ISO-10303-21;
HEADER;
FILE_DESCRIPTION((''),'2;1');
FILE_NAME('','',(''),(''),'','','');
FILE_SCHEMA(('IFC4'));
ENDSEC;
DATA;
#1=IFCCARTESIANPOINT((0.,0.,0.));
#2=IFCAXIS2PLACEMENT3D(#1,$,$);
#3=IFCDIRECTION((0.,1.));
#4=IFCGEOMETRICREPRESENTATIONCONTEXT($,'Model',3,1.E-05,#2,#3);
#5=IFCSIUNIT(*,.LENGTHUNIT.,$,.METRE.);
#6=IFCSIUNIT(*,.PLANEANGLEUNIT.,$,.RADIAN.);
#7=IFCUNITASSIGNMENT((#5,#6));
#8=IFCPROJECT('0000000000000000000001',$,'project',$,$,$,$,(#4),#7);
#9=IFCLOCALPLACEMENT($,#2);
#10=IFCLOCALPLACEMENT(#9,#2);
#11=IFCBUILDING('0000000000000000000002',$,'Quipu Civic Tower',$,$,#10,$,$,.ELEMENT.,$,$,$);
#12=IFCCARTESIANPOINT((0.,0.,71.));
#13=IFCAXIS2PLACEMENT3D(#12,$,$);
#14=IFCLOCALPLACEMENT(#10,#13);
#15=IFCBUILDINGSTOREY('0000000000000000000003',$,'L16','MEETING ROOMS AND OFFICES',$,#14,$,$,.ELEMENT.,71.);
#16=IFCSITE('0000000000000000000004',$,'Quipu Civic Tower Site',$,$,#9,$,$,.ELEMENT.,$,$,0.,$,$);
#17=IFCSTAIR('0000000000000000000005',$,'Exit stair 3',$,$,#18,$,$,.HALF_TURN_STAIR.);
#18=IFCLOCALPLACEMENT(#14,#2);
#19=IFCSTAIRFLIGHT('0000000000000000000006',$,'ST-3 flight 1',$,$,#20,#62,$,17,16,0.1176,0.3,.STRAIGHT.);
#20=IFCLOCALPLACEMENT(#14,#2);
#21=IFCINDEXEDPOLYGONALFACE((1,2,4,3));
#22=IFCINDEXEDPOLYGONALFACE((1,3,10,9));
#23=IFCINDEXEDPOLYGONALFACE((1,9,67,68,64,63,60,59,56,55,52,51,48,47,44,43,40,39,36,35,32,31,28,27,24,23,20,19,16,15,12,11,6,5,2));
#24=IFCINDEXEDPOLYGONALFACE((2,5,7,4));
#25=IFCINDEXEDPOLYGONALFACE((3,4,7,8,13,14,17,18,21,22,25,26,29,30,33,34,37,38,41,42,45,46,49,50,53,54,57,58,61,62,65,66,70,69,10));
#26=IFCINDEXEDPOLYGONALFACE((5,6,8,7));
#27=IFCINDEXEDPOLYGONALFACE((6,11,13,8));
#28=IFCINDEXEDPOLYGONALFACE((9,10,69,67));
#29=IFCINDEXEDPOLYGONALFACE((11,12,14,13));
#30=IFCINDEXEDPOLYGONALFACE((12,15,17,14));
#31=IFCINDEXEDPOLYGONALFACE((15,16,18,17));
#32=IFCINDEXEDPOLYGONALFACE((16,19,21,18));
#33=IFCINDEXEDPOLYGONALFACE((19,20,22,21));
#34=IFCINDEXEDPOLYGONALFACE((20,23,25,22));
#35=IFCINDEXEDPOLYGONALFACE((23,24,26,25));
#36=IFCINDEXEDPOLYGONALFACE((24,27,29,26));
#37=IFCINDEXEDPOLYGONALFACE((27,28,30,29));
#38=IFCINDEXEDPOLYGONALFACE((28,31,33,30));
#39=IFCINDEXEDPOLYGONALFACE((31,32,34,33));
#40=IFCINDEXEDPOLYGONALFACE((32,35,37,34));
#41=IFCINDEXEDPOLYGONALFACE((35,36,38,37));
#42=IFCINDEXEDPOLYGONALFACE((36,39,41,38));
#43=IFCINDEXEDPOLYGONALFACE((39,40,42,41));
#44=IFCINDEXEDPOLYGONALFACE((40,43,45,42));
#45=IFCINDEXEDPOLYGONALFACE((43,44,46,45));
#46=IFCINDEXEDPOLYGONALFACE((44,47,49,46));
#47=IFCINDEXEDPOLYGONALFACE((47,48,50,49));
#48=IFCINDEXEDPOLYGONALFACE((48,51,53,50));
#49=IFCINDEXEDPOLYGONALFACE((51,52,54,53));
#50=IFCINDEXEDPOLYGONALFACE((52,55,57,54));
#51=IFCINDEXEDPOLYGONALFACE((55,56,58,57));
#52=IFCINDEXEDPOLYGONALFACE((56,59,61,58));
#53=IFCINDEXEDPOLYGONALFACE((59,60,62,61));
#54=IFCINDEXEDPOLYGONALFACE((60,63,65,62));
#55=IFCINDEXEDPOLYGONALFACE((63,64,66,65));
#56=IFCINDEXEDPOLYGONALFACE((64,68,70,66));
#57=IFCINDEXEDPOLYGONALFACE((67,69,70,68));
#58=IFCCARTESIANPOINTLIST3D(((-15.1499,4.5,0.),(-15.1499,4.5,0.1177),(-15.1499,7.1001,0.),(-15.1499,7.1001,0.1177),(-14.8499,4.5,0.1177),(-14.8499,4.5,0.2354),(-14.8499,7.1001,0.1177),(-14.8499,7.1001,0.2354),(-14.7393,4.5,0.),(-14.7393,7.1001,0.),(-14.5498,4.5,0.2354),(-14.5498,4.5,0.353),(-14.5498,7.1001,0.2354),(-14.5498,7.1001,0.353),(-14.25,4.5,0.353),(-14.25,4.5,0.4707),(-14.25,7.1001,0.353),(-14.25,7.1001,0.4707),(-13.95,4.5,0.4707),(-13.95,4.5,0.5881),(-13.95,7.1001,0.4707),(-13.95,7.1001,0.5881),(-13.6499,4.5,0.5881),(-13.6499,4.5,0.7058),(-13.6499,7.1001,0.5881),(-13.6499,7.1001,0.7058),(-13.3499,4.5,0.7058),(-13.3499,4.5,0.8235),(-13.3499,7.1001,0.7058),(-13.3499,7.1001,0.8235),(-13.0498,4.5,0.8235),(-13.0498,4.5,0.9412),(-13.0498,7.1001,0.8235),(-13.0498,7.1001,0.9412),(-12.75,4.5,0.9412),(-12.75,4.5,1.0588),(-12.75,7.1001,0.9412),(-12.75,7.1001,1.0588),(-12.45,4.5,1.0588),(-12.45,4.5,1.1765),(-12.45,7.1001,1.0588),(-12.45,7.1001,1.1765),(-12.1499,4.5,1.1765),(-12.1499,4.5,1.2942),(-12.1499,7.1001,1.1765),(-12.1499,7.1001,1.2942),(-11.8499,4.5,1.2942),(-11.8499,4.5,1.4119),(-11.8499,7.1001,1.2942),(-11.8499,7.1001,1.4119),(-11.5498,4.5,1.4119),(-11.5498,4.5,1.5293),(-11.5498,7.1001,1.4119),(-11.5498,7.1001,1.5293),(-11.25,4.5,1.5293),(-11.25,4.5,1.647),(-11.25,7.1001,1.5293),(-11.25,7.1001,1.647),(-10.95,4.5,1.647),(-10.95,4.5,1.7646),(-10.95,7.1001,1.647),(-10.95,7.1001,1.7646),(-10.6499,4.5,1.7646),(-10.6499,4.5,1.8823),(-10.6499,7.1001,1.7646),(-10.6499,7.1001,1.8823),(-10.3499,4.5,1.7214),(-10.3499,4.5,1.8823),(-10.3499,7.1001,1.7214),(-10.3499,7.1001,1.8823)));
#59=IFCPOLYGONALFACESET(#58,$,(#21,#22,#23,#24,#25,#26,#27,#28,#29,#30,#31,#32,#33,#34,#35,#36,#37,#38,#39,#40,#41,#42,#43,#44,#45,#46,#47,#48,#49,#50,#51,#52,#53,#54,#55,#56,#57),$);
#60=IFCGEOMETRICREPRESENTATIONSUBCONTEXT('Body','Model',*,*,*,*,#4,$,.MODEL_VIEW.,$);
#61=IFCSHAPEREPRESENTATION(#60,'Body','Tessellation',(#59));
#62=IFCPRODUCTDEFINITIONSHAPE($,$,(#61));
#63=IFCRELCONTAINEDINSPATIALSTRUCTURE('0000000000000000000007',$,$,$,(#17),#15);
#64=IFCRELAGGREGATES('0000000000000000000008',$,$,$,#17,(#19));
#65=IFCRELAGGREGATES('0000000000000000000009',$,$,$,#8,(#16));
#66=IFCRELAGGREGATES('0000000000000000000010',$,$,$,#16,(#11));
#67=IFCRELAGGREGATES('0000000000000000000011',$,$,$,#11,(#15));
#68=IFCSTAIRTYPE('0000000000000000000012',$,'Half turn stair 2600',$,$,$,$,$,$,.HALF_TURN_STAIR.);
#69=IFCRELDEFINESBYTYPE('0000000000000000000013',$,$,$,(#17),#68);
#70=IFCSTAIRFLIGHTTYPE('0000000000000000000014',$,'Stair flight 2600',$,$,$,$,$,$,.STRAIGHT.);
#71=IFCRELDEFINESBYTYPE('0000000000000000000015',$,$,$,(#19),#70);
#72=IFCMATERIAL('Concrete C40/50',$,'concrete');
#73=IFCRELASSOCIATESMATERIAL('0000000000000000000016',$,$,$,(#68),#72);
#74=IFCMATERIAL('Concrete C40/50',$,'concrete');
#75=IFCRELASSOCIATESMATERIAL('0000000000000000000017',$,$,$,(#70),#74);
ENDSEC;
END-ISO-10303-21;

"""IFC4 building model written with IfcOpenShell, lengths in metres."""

from ifc_helpers import new_model, si_unit, direction, frame, origin, place, context, subcontext, project, spatial, polyline, outline, extrude, material, type_object, element, aggregate, save


model = new_model("IFC4")

# Units and contexts
model_context = context("Model", 3, precision=1e-05, world=origin(), true_north=direction((0.0, 1.0)))
body_context = subcontext(model_context, "Body", "Model", "MODEL_VIEW")
ifc_project = project(units=[si_unit("LENGTHUNIT", "METRE"), si_unit("PLANEANGLEUNIT", "RADIAN")], contexts=[model_context])

# Site, building, storey
site_placement = place(None, origin())
site = spatial("IfcSite", under=ifc_project, at=site_placement, Name="Quipu Civic Tower Site", CompositionType="ELEMENT", RefElevation=0.0)
building_placement = place(site_placement, origin())
building = spatial("IfcBuilding", under=site, at=building_placement, Name="Quipu Civic Tower", CompositionType="ELEMENT")
storey_placement = place(building_placement, frame((0.0, 0.0, 71.0)))
storey = spatial("IfcBuildingStorey", under=building, at=storey_placement, Name="L16", Description="MEETING ROOMS AND OFFICES", CompositionType="ELEMENT", Elevation=71.0)

# Stair, stair flight
ifc_material_1 = material(Name="Concrete C40/50", Category="concrete")
stair_type = type_object("IfcStairType", Name="Half turn stair 2600", PredefinedType="HALF_TURN_STAIR", material=ifc_material_1)
stair_placement = place(storey_placement, origin())
stair = element("IfcStair", 1, at=stair_placement, inside=storey, type_object=stair_type, Name="Exit stair 3", PredefinedType="HALF_TURN_STAIR")
ifc_material_2 = material(Name="Concrete C40/50", Category="concrete")
stair_flight_type = type_object("IfcStairFlightType", Name="Stair flight 2600", PredefinedType="STRAIGHT", material=ifc_material_2)
stair_flight_placement = place(storey_placement, frame((-15.1499, 5.8, 0.0), z_axis=(0.0, 0.0, 1.0), x_axis=(1.0, 0.0, 0.0)))
stair_flight = element("IfcStairFlight", 2, at=stair_flight_placement, type_object=stair_flight_type, Name="ST-3 flight 1", NumberOfRisers=17, NumberOfTreads=16, PredefinedType="STRAIGHT", RiserHeight=0.1176, TreadLength=0.3, context=body_context, shape_type="SweptSolid", body=[
    extrude(outline(polyline([(0.0, 0.0), (0.0, 0.1177), (0.3, 0.1177), (0.3, 0.2354), (0.6001, 0.2354), (0.6001, 0.353), (0.8999, 0.353), (0.8999, 0.4707), (1.2, 0.4707), (1.2, 0.5881), (1.5, 0.5881), (1.5, 0.7058), (1.8, 0.7058), (1.8, 0.8235), (2.1001, 0.8235), (2.1001, 0.9412), (2.3999, 0.9412), (2.3999, 1.0588), (2.7, 1.0588), (2.7, 1.1765), (3.0, 1.1765), (3.0, 1.2942), (3.3, 1.2942), (3.3, 1.4119), (3.6001, 1.4119), (3.6001, 1.5293), (3.8999, 1.5293), (3.8999, 1.647), (4.2, 1.647), (4.2, 1.7646), (4.5, 1.7646), (4.5, 1.8823), (4.8, 1.8823), (4.8, 2.0), (4.8, 1.7214), (0.4106, 0.0), (0.0, 0.0)])), frame((0.0, 1.3, 0.0), z_axis=(0.0, -1.0, 0.0), x_axis=(1.0, 0.0, 0.0)), (0.0, 0.0, 1.0), 2.6001),
])
aggregate(stair, [stair_flight])

save(model, "model.ifc")
